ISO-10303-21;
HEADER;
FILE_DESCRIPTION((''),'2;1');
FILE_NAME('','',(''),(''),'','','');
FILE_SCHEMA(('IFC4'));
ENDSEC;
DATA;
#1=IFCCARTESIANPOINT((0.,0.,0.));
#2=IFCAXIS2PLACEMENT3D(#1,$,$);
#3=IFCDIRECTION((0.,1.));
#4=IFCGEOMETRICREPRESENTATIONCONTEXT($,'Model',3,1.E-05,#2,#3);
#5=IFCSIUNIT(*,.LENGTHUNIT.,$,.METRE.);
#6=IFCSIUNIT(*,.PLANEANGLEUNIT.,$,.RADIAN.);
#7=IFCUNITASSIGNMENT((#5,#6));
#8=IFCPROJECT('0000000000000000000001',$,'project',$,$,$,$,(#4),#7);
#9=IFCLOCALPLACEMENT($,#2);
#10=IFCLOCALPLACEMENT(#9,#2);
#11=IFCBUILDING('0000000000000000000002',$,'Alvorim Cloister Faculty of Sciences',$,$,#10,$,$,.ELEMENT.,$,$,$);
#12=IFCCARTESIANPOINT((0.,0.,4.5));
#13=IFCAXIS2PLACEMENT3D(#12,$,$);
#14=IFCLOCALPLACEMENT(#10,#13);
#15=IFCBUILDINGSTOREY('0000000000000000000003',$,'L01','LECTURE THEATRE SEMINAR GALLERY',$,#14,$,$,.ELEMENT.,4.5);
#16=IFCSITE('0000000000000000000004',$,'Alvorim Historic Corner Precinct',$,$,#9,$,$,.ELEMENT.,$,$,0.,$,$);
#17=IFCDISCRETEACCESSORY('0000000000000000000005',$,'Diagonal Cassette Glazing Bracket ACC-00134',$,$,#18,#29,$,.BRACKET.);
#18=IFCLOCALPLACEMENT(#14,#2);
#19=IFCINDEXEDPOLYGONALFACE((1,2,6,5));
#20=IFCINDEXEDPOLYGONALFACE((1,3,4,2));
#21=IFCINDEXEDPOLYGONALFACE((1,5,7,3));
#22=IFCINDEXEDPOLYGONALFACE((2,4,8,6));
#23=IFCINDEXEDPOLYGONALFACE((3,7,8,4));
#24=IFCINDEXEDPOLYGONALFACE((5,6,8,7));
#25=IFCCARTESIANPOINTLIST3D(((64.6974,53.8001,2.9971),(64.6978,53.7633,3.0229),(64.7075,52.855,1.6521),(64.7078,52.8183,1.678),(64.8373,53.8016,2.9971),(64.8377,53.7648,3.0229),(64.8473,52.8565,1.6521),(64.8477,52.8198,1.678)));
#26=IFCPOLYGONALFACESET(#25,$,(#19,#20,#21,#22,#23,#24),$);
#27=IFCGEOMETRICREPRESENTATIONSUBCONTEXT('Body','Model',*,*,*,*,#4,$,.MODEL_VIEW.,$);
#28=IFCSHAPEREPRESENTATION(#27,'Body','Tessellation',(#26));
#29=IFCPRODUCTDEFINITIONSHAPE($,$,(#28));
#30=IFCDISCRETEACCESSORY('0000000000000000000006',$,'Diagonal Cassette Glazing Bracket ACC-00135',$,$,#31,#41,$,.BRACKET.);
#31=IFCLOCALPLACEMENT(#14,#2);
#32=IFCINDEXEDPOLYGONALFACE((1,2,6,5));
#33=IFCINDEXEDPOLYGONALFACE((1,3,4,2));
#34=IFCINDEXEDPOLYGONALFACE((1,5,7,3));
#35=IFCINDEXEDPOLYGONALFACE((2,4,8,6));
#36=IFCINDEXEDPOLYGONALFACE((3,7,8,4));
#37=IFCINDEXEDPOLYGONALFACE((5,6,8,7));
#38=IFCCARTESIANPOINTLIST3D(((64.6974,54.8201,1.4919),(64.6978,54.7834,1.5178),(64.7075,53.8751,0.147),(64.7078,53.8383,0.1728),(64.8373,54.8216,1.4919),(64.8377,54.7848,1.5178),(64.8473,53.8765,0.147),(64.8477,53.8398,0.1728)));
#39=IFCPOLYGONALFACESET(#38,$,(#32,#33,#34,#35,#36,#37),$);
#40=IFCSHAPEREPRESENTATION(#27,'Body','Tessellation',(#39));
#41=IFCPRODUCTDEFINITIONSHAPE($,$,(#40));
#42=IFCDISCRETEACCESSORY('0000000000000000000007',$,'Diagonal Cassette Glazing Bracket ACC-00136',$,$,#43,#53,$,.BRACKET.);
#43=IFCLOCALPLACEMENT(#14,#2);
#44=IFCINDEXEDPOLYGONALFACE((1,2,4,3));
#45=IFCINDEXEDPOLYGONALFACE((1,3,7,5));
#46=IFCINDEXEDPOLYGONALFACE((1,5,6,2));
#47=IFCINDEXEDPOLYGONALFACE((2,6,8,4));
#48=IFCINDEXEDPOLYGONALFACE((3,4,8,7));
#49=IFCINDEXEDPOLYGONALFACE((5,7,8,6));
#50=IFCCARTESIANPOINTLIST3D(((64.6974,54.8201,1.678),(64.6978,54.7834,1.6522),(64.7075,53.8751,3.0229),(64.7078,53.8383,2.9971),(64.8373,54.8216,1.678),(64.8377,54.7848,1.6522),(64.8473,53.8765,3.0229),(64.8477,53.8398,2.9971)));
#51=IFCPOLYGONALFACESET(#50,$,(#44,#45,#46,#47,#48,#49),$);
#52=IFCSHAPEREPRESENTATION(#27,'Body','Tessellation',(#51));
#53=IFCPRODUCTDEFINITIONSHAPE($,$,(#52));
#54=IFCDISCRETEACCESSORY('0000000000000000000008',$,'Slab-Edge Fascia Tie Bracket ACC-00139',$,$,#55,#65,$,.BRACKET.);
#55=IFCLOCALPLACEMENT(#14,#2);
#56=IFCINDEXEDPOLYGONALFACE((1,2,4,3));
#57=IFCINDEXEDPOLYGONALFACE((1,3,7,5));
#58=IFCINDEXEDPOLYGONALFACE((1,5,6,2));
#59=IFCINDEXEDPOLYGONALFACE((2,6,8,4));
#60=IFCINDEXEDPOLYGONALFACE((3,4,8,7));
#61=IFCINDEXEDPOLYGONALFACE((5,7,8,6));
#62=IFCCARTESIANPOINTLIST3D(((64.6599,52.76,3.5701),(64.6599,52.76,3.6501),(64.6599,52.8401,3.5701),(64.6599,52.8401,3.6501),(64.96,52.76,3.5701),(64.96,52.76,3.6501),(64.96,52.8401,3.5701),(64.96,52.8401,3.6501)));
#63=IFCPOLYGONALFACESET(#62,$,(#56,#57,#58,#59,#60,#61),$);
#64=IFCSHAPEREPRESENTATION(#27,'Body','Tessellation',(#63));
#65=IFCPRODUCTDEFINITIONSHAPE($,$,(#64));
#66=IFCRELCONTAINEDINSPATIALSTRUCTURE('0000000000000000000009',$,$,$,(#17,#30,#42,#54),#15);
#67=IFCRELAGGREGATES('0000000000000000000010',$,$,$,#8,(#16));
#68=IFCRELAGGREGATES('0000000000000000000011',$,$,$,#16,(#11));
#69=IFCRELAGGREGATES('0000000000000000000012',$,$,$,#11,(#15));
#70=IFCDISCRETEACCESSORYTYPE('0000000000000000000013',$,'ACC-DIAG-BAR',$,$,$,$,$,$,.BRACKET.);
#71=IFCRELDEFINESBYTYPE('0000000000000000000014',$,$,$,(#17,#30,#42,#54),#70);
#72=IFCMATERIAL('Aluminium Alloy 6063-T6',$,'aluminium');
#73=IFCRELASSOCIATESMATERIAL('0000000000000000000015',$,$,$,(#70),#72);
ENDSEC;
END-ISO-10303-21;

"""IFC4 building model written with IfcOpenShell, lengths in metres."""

from ifc_helpers import new_model, si_unit, direction, frame, origin, origin_2d, place, context, subcontext, project, spatial, rectangle, extrude, material, type_object, element, save


model = new_model("IFC4")

# Units and contexts
model_context = context("Model", 3, precision=1e-05, world=origin(), true_north=direction((0.0, 1.0)))
body_context = subcontext(model_context, "Body", "Model", "MODEL_VIEW")
ifc_project = project(units=[si_unit("LENGTHUNIT", "METRE"), si_unit("PLANEANGLEUNIT", "RADIAN")], contexts=[model_context])

# Site, building, storey
site_placement = place(None, origin())
site = spatial("IfcSite", under=ifc_project, at=site_placement, Name="Alvorim Historic Corner Precinct", CompositionType="ELEMENT", RefElevation=0.0)
building_placement = place(site_placement, origin())
building = spatial("IfcBuilding", under=site, at=building_placement, Name="Alvorim Cloister Faculty of Sciences", CompositionType="ELEMENT")
storey_placement = place(building_placement, frame((0.0, 0.0, 4.5)))
storey = spatial("IfcBuildingStorey", under=building, at=storey_placement, Name="L01", Description="LECTURE THEATRE SEMINAR GALLERY", CompositionType="ELEMENT", Elevation=4.5)

# Shared definitions
ifc_material_1 = material(Name="Aluminium Alloy 6063-T6", Category="aluminium")

# Discrete accessories
discrete_accessory_type = type_object("IfcDiscreteAccessoryType", Name="ACC-DIAG-BAR", PredefinedType="BRACKET", material=ifc_material_1)
for number, where, z_axis, x_axis, name in (
    (1, (64.7776, 52.8374, 1.665), (-0.006089, 0.574916, 0.81819), (-0.999944, -0.010591, 0.0), "Diagonal Cassette Glazing Bracket ACC-00134"),
    (2, (64.7776, 53.8574, 0.1599), (-0.006089, 0.574916, 0.81819), (-0.999944, -0.010591, 0.0), "Diagonal Cassette Glazing Bracket ACC-00135"),
    (3, (64.7776, 53.8574, 3.01), (-0.006089, 0.574916, -0.81819), (-0.999944, -0.010591, 0.0), "Diagonal Cassette Glazing Bracket ACC-00136"),
):
    element("IfcDiscreteAccessory", number, at=place(storey_placement, frame(where, z_axis=z_axis, x_axis=x_axis)), inside=storey, type_object=discrete_accessory_type, Name=name, PredefinedType="BRACKET", context=body_context, shape_type="SweptSolid", body=[
        extrude(rectangle(XDim=0.1399, YDim=0.0449, at=origin_2d()), origin(), (0.0, 0.0, 1.0), 1.6438),
    ])
discrete_accessory_placement = place(storey_placement, frame((64.6599, 52.8, 3.6101), z_axis=(1.0, 0.0, 0.0), x_axis=(0.0, 1.0, 0.0)))
element("IfcDiscreteAccessory", 4, at=discrete_accessory_placement, inside=storey, type_object=discrete_accessory_type, Name="Slab-Edge Fascia Tie Bracket ACC-00139", PredefinedType="BRACKET", context=body_context, shape_type="SweptSolid", body=[
    extrude(rectangle(XDim=0.0801, YDim=0.0801, at=origin_2d()), origin(), (0.0, 0.0, 1.0), 0.3),
])

save(model, "model.ifc")
